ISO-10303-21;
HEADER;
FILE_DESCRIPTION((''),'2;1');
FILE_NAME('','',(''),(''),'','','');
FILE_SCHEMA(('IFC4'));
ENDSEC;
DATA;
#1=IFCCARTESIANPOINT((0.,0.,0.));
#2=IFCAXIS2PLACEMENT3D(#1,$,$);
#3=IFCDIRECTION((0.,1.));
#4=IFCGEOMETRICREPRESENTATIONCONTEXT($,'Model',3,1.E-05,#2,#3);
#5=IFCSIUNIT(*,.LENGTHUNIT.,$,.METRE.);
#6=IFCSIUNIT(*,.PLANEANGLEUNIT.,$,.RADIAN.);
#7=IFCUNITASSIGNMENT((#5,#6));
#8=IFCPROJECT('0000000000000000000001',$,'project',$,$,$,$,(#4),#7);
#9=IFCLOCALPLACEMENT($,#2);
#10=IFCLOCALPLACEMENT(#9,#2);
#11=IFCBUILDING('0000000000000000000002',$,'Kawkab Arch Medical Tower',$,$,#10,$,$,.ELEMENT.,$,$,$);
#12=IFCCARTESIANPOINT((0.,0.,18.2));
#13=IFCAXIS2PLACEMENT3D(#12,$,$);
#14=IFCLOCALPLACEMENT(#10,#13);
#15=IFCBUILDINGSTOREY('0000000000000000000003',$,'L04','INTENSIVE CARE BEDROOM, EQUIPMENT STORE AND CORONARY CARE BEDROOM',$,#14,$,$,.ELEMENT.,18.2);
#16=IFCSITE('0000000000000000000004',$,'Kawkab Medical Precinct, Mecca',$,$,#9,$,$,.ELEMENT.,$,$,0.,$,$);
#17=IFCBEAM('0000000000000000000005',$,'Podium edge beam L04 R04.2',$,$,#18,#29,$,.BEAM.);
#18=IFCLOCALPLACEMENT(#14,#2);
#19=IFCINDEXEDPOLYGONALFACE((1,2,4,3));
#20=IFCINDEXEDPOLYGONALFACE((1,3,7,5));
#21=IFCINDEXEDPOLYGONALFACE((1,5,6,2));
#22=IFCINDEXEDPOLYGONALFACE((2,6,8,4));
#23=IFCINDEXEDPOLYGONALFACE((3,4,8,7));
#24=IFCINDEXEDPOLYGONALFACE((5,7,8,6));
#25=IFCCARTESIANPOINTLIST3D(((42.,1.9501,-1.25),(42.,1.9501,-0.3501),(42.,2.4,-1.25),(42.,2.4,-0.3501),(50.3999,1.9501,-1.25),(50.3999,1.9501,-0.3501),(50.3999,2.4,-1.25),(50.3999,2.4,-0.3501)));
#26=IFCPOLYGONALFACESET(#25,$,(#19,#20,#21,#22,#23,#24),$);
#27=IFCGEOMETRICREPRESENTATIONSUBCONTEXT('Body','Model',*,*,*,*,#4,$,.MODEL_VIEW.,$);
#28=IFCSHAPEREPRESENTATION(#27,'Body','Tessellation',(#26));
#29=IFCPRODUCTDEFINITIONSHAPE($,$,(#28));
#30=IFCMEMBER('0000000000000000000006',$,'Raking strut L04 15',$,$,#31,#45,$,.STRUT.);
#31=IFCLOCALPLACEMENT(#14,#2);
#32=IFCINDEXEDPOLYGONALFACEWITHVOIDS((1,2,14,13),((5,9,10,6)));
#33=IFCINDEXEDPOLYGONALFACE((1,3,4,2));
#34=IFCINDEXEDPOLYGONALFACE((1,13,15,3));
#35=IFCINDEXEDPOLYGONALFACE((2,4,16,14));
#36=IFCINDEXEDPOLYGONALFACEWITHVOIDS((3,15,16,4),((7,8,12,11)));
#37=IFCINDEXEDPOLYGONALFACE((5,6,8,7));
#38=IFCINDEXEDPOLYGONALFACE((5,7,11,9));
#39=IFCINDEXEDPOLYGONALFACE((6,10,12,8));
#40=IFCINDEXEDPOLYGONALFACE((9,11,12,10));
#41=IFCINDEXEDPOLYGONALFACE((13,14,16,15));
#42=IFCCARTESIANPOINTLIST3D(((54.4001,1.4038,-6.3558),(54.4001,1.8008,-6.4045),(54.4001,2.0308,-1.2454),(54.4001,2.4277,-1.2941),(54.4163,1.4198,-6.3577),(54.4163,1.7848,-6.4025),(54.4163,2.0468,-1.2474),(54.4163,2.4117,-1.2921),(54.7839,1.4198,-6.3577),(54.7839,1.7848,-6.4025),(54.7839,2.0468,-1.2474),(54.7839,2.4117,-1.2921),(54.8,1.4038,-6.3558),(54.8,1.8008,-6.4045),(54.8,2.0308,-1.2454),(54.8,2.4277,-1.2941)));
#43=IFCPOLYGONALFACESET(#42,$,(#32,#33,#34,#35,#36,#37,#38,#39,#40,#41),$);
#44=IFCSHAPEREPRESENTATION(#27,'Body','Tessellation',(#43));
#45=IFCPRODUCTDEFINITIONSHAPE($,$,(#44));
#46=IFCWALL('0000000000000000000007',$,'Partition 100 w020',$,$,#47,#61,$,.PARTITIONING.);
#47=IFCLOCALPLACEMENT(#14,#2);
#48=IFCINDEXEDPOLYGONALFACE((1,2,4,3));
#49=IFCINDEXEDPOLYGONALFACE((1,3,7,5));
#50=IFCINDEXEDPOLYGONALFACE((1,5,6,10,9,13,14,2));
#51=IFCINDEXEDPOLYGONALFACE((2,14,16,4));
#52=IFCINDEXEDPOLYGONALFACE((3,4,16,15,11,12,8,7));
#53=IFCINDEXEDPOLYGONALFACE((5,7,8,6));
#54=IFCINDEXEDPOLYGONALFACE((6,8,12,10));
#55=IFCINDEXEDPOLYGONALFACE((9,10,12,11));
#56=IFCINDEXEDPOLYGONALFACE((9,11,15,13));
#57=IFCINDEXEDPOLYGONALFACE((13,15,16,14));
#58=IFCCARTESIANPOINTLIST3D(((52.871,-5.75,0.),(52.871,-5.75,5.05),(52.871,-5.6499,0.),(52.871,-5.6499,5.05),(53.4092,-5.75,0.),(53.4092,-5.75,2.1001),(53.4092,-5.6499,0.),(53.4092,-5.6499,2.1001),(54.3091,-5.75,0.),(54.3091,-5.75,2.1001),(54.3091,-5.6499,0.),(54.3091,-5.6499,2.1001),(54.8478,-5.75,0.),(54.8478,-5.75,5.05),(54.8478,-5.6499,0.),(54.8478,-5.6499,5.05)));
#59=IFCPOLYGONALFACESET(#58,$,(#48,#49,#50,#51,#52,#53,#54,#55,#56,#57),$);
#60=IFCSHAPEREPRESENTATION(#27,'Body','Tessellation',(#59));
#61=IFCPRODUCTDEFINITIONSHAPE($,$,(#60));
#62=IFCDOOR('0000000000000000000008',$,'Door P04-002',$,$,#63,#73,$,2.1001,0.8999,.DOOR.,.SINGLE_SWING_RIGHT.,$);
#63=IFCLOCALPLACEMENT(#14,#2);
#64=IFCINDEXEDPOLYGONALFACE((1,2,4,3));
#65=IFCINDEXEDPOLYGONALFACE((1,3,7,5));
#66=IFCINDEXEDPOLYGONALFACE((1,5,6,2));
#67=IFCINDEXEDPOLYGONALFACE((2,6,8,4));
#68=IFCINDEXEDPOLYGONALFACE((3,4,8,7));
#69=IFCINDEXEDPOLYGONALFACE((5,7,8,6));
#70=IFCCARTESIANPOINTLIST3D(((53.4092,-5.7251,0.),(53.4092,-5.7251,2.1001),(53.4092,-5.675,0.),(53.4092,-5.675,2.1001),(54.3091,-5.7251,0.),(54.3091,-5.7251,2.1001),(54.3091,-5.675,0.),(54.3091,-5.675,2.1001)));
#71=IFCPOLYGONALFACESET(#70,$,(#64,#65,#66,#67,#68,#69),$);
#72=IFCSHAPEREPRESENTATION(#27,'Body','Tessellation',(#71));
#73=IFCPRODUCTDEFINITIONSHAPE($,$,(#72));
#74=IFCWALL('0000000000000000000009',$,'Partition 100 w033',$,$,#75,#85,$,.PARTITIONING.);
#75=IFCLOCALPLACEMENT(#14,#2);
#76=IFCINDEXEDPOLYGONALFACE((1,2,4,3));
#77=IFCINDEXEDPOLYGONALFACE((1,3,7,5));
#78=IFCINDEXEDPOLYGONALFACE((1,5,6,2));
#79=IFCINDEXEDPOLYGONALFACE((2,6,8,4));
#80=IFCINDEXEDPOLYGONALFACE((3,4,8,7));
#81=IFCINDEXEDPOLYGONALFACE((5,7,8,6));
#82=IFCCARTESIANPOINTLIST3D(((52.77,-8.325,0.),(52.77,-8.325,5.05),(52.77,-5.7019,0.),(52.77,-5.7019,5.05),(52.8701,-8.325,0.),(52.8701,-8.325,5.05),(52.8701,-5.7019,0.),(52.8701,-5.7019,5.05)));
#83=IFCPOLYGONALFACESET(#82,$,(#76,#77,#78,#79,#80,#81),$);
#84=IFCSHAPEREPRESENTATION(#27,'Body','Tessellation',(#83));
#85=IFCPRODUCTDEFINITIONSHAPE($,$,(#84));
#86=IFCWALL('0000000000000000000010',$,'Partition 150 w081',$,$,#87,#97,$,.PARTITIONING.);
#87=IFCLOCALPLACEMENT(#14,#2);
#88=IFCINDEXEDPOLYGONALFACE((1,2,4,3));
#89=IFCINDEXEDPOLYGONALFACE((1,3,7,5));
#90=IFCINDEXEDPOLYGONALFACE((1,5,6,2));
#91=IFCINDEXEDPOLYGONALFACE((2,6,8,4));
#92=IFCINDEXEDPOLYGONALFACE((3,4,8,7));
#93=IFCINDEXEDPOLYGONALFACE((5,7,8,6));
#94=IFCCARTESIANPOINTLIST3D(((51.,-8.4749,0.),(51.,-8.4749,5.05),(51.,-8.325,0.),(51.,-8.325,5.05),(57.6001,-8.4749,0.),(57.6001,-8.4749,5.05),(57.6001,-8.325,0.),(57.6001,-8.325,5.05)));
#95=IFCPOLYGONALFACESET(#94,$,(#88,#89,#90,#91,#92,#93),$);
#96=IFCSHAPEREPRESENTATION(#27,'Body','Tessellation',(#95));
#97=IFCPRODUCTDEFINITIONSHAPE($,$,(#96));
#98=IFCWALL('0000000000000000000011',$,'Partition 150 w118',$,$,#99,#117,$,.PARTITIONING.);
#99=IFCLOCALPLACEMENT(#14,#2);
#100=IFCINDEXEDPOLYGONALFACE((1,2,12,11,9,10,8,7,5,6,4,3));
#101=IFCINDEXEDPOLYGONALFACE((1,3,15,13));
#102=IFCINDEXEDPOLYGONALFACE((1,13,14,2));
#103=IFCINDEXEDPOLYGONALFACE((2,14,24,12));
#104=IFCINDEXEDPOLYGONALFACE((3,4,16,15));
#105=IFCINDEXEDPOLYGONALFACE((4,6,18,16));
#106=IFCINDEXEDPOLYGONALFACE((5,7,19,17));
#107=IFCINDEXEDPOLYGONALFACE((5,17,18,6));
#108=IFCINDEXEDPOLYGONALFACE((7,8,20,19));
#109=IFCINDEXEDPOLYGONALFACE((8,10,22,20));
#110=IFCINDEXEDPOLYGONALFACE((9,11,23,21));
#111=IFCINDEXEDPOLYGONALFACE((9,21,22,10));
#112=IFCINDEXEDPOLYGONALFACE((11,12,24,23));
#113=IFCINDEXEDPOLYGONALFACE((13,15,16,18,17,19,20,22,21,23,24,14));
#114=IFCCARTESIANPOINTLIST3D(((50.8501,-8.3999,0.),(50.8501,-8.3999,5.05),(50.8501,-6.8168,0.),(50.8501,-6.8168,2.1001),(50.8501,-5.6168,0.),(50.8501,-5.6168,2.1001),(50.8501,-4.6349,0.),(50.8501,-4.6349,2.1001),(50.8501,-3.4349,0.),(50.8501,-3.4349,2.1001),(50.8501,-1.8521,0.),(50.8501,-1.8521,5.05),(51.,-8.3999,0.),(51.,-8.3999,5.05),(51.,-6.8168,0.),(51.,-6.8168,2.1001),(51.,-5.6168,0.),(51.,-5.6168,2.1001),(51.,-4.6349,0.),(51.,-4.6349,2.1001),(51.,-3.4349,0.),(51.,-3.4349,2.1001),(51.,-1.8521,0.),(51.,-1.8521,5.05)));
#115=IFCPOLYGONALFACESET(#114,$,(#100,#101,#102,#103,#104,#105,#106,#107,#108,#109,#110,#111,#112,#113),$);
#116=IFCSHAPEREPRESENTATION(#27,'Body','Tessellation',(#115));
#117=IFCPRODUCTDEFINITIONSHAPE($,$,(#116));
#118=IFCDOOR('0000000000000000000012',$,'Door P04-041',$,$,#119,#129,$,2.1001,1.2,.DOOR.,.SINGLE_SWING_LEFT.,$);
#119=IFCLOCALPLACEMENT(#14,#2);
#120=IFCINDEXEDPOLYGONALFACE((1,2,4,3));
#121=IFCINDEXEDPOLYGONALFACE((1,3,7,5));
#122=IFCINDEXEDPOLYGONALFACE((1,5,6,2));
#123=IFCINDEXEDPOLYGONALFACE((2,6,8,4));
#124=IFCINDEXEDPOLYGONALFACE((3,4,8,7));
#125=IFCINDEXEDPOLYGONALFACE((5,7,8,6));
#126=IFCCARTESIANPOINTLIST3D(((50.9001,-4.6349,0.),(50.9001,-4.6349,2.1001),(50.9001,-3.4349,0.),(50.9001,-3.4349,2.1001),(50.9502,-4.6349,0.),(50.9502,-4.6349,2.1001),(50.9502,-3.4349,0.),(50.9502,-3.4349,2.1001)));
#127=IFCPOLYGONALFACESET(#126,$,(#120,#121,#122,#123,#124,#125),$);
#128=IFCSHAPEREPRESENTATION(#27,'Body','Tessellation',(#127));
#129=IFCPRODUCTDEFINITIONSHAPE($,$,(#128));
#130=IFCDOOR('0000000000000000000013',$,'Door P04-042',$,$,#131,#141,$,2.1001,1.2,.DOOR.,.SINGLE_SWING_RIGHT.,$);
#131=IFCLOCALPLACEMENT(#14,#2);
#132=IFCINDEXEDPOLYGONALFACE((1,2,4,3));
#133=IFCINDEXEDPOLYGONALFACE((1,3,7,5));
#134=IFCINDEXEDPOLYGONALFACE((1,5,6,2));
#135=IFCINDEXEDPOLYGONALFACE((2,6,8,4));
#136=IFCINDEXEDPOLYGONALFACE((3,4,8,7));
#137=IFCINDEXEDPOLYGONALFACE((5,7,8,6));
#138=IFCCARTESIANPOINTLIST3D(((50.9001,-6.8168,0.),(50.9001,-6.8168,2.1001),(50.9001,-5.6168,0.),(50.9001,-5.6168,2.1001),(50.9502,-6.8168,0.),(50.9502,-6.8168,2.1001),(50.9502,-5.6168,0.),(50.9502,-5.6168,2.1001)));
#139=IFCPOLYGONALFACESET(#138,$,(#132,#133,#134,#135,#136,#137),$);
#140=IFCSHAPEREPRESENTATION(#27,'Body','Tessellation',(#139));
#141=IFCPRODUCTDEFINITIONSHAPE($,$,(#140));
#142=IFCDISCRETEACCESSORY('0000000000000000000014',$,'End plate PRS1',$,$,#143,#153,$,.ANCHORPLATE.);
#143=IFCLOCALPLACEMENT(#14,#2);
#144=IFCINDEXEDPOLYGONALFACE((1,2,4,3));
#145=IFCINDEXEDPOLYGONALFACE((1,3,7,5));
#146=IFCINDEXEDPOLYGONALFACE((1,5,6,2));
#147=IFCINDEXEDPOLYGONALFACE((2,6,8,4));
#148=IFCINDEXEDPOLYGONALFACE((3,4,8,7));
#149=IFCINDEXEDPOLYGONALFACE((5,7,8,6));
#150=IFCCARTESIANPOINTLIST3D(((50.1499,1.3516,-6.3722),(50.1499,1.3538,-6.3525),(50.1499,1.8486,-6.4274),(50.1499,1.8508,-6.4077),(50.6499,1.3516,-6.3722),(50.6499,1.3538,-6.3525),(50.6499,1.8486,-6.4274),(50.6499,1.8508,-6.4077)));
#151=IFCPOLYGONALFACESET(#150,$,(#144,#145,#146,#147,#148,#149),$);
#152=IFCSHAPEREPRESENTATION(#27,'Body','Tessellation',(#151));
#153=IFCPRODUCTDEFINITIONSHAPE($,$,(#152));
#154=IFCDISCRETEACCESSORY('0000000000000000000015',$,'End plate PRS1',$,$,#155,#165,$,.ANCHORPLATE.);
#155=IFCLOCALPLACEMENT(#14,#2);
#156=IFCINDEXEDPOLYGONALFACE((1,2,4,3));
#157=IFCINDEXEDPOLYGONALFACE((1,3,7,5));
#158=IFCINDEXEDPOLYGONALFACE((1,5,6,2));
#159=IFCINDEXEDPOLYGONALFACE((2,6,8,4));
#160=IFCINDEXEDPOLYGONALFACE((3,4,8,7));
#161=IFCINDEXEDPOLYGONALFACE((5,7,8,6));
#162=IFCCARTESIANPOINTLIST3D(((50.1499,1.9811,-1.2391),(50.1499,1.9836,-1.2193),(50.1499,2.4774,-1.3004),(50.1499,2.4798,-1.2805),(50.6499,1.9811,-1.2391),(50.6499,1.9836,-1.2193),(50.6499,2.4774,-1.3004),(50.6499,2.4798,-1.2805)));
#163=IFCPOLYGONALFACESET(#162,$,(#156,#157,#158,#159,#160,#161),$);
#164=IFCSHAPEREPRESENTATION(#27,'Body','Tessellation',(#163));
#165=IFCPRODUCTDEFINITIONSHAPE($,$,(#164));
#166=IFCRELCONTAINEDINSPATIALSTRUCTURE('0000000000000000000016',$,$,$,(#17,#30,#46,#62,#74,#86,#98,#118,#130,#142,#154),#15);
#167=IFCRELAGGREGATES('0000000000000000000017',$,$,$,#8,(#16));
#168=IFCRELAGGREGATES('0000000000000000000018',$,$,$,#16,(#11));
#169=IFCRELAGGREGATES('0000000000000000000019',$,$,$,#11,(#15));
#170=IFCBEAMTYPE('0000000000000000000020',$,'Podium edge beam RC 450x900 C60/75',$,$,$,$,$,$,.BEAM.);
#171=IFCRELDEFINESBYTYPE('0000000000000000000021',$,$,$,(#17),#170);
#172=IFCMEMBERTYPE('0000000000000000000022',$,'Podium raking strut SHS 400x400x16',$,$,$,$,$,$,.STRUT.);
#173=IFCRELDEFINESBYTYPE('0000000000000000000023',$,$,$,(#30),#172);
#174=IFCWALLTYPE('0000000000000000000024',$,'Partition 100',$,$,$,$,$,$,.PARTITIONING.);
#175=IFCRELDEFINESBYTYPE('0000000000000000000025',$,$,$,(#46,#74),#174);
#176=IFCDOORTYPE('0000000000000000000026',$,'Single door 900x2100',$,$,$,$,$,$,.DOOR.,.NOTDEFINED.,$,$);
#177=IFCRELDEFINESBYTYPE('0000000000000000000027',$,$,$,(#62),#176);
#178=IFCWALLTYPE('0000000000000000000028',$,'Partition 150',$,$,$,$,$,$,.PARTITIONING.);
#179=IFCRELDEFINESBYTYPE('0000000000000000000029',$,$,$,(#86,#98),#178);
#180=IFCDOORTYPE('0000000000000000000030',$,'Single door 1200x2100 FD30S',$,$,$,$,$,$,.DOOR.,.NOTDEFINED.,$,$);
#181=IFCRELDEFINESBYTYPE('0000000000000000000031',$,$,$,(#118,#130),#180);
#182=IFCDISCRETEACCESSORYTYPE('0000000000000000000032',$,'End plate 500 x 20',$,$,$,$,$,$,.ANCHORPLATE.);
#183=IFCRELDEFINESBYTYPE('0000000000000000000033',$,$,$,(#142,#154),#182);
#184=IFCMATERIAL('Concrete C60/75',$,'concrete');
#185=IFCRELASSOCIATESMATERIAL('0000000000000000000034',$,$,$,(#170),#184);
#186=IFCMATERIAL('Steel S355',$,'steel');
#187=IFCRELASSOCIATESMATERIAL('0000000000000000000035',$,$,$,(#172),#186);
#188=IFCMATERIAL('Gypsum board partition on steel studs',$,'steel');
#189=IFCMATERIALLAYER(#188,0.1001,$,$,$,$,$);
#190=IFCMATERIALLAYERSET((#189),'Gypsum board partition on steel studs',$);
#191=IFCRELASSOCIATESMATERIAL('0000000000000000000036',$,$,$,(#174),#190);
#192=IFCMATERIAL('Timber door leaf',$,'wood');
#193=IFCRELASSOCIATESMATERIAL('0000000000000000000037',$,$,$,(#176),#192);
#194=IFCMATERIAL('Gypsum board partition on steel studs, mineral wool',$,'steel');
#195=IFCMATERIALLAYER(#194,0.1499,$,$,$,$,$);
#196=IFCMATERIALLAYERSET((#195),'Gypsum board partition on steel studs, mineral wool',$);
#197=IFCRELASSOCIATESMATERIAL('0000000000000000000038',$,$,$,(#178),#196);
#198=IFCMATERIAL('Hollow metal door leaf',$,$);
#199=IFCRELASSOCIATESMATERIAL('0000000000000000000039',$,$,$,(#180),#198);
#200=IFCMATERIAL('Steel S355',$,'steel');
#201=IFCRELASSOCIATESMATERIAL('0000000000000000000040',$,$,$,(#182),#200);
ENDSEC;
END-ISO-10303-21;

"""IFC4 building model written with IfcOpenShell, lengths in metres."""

from ifc_helpers import new_model, si_unit, direction, frame, frame_2d, origin, origin_2d, place, context, subcontext, project, spatial, rectangle, hollow_rectangle, extrude, material, layer, layer_set, material_profile, profile_set, type_object, element, fill, save


model = new_model("IFC4")

# Units and contexts
model_context = context("Model", 3, precision=1e-05, world=origin(), true_north=direction((0.0, 1.0)))
body_context = subcontext(model_context, "Body", "Model", "MODEL_VIEW")
ifc_project = project(units=[si_unit("LENGTHUNIT", "METRE"), si_unit("PLANEANGLEUNIT", "RADIAN")], contexts=[model_context])

# Site, building, storey
site_placement = place(None, origin())
site = spatial("IfcSite", under=ifc_project, at=site_placement, Name="Kawkab Medical Precinct, Mecca", CompositionType="ELEMENT", RefElevation=0.0)
building_placement = place(site_placement, origin())
building = spatial("IfcBuilding", under=site, at=building_placement, Name="Kawkab Arch Medical Tower", CompositionType="ELEMENT")
storey_placement = place(building_placement, frame((0.0, 0.0, 18.2)))
storey = spatial("IfcBuildingStorey", under=building, at=storey_placement, Name="L04", Description="INTENSIVE CARE BEDROOM, EQUIPMENT STORE AND CORONARY CARE BEDROOM", CompositionType="ELEMENT", Elevation=18.2)

# Beam
ifc_material_1 = material(Name="Concrete C60/75", Category="concrete")
ifc_material_profile_1 = material_profile(ifc_material_1, rectangle(XDim=0.45, YDim=0.8999, at=origin_2d()), Name="RC 450x900")
ifc_profile_set_1 = profile_set([ifc_material_profile_1], Name="Concrete C60/75")
beam_type = type_object("IfcBeamType", Name="Podium edge beam RC 450x900 C60/75", PredefinedType="BEAM", material=ifc_profile_set_1)
beam_placement = place(storey_placement, frame((50.3999, 2.175, -0.8), z_axis=(-1.0, 0.0, 0.0), x_axis=(0.0, -1.0, 0.0)))
element("IfcBeam", 1, at=beam_placement, inside=storey, type_object=beam_type, Name="Podium edge beam L04 R04.2", PredefinedType="BEAM", context=body_context, shape_type="SweptSolid", body=[
    extrude(rectangle(XDim=0.45, YDim=0.8999, at=origin_2d()), origin(), (0.0, 0.0, 1.0), 8.3999),
])

# Member
ifc_material_2 = material(Name="Steel S355", Category="steel")
ifc_material_profile_2 = material_profile(ifc_material_2, hollow_rectangle(XDim=0.3999, YDim=0.3999, WallThickness=0.0161, at=origin_2d()), Name="SHS 400x400x16")
ifc_profile_set_2 = profile_set([ifc_material_profile_2], Name="Steel S355")
member_type = type_object("IfcMemberType", Name="Podium raking strut SHS 400x400x16", PredefinedType="STRUT", material=ifc_profile_set_2)
member_placement = place(storey_placement, frame((54.6001, 1.6023, -6.3801), z_axis=(0.0, 0.12177, 0.992558), x_axis=(-1.0, 0.0, 0.0)))
element("IfcMember", 2, at=member_placement, inside=storey, type_object=member_type, Name="Raking strut L04 15", PredefinedType="STRUT", context=body_context, shape_type="SweptSolid", body=[
    extrude(hollow_rectangle(XDim=0.3999, YDim=0.3999, WallThickness=0.0161, at=origin_2d()), origin(), (0.0, 0.0, 1.0), 5.1487),
])

# Wall, opening, door
ifc_material_3 = material(Name="Gypsum board partition on steel studs", Category="steel")
ifc_layer_1 = layer(ifc_material_3, 0.1001)
ifc_layer_set_1 = layer_set([ifc_layer_1], Name="Gypsum board partition on steel studs")
wall_type_1 = type_object("IfcWallType", Name="Partition 100", PredefinedType="PARTITIONING", material=ifc_layer_set_1)
wall_1_placement = place(storey_placement, frame((52.8711, -5.7, 0.0), z_axis=(0.0, 0.0, 1.0), x_axis=(1.0, 0.0, 0.0)))
wall_1 = element("IfcWall", 3, at=wall_1_placement, inside=storey, type_object=wall_type_1, Name="Partition 100 w020", PredefinedType="PARTITIONING", context=body_context, shape_type="SweptSolid", body=[
    extrude(rectangle(XDim=1.9768, YDim=0.1001, at=frame_2d((0.9883, 0.0))), origin(), (0.0, 0.0, 1.0), 5.05),
])
opening_1_placement = place(wall_1_placement, frame((0.5381, 0.0, 0.0)))
opening_1 = element("IfcOpeningElement", 4, at=opening_1_placement, cuts=wall_1, PredefinedType="OPENING", context=body_context, shape_type="SweptSolid", body=[
    extrude(rectangle(XDim=0.8999, YDim=2.1001, at=frame_2d((0.45, 1.05))), frame((0.0, 0.0601, 0.0), z_axis=(0.0, -1.0, 0.0), x_axis=(1.0, 0.0, 0.0)), (0.0, 0.0, 1.0), 0.1201),
])
ifc_material_4 = material(Name="Timber door leaf", Category="wood")
door_type_1 = type_object("IfcDoorType", Name="Single door 900x2100", OperationType="NOTDEFINED", PredefinedType="DOOR", material=ifc_material_4)
door_1_placement = place(opening_1_placement, origin())
door_1 = element("IfcDoor", 5, at=door_1_placement, inside=storey, type_object=door_type_1, Name="Door P04-002", OperationType="SINGLE_SWING_RIGHT", OverallHeight=2.1001, OverallWidth=0.8999, PredefinedType="DOOR", context=body_context, shape_type="SweptSolid", body=[
    extrude(rectangle(XDim=0.8999, YDim=2.1001, at=frame_2d((0.45, 1.05))), frame((0.0, 0.0249, 0.0), z_axis=(0.0, -1.0, 0.0), x_axis=(1.0, 0.0, 0.0)), (0.0, 0.0, 1.0), 0.05),
])
fill(opening_1, door_1)

# Walls
wall_2_placement = place(storey_placement, frame((52.8201, -8.325, 0.0), z_axis=(0.0, 0.0, 1.0), x_axis=(0.0, 1.0, 0.0)))
element("IfcWall", 6, at=wall_2_placement, inside=storey, type_object=wall_type_1, Name="Partition 100 w033", PredefinedType="PARTITIONING", context=body_context, shape_type="SweptSolid", body=[
    extrude(rectangle(XDim=2.623, YDim=0.1001, at=frame_2d((1.3115, 0.0))), origin(), (0.0, 0.0, 1.0), 5.05),
])
ifc_material_5 = material(Name="Gypsum board partition on steel studs, mineral wool", Category="steel")
ifc_layer_2 = layer(ifc_material_5, 0.1499)
ifc_layer_set_2 = layer_set([ifc_layer_2], Name="Gypsum board partition on steel studs, mineral wool")
wall_type_2 = type_object("IfcWallType", Name="Partition 150", PredefinedType="PARTITIONING", material=ifc_layer_set_2)
wall_3_placement = place(storey_placement, frame((51.0, -8.3999, 0.0), z_axis=(0.0, 0.0, 1.0), x_axis=(1.0, 0.0, 0.0)))
element("IfcWall", 7, at=wall_3_placement, inside=storey, type_object=wall_type_2, Name="Partition 150 w081", PredefinedType="PARTITIONING", context=body_context, shape_type="SweptSolid", body=[
    extrude(rectangle(XDim=6.6001, YDim=0.1499, at=frame_2d((3.3, 0.0))), origin(), (0.0, 0.0, 1.0), 5.05),
])

# Wall, openings, doors
wall_4_placement = place(storey_placement, frame((50.925, -8.3999, 0.0), z_axis=(0.0, 0.0, 1.0), x_axis=(0.0, 1.0, 0.0)))
wall_4 = element("IfcWall", 8, at=wall_4_placement, inside=storey, type_object=wall_type_2, Name="Partition 150 w118", PredefinedType="PARTITIONING", context=body_context, shape_type="SweptSolid", body=[
    extrude(rectangle(XDim=6.5479, YDim=0.1499, at=frame_2d((3.2739, 0.0))), origin(), (0.0, 0.0, 1.0), 5.05),
])
opening_2_placement = place(wall_4_placement, frame((3.7649, 0.0, 0.0)))
opening_2 = element("IfcOpeningElement", 9, at=opening_2_placement, cuts=wall_4, PredefinedType="OPENING", context=body_context, shape_type="SweptSolid", body=[
    extrude(rectangle(XDim=1.2, YDim=2.1001, at=frame_2d((0.6001, 1.05))), frame((0.0, 0.085, 0.0), z_axis=(0.0, -1.0, 0.0), x_axis=(1.0, 0.0, 0.0)), (0.0, 0.0, 1.0), 0.1699),
])
opening_3_placement = place(wall_4_placement, frame((1.583, 0.0, 0.0)))
opening_3 = element("IfcOpeningElement", 10, at=opening_3_placement, cuts=wall_4, PredefinedType="OPENING", context=body_context, shape_type="SweptSolid", body=[
    extrude(rectangle(XDim=1.2, YDim=2.1001, at=frame_2d((0.6001, 1.05))), frame((0.0, 0.085, 0.0), z_axis=(0.0, -1.0, 0.0), x_axis=(1.0, 0.0, 0.0)), (0.0, 0.0, 1.0), 0.1699),
])
ifc_material_6 = material(Name="Hollow metal door leaf")
door_type_2 = type_object("IfcDoorType", Name="Single door 1200x2100 FD30S", OperationType="NOTDEFINED", PredefinedType="DOOR", material=ifc_material_6)
door_2_placement = place(opening_2_placement, origin())
door_2 = element("IfcDoor", 11, at=door_2_placement, inside=storey, type_object=door_type_2, Name="Door P04-041", OperationType="SINGLE_SWING_LEFT", OverallHeight=2.1001, OverallWidth=1.2, PredefinedType="DOOR", context=body_context, shape_type="SweptSolid", body=[
    extrude(rectangle(XDim=1.2, YDim=2.1001, at=frame_2d((0.6001, 1.05))), frame((0.0, 0.0249, 0.0), z_axis=(0.0, -1.0, 0.0), x_axis=(1.0, 0.0, 0.0)), (0.0, 0.0, 1.0), 0.05),
])
fill(opening_2, door_2)
door_3_placement = place(opening_3_placement, origin())
door_3 = element("IfcDoor", 12, at=door_3_placement, inside=storey, type_object=door_type_2, Name="Door P04-042", OperationType="SINGLE_SWING_RIGHT", OverallHeight=2.1001, OverallWidth=1.2, PredefinedType="DOOR", context=body_context, shape_type="SweptSolid", body=[
    extrude(rectangle(XDim=1.2, YDim=2.1001, at=frame_2d((0.6001, 1.05))), frame((0.0, 0.0249, 0.0), z_axis=(0.0, -1.0, 0.0), x_axis=(1.0, 0.0, 0.0)), (0.0, 0.0, 1.0), 0.05),
])
fill(opening_3, door_3)

# Discrete accessories
ifc_material_7 = material(Name="Steel S355", Category="steel")
ifc_material_profile_3 = material_profile(ifc_material_7, rectangle(XDim=0.5, YDim=0.5, at=origin_2d()), Name="End plate 500 x 20")
ifc_profile_set_3 = profile_set([ifc_material_profile_3], Name="Steel S355")
discrete_accessory_type = type_object("IfcDiscreteAccessoryType", Name="End plate 500 x 20", PredefinedType="ANCHORPLATE", material=ifc_profile_set_3)
discrete_accessory_1_placement = place(storey_placement, frame((50.3999, 1.6023, -6.3801), z_axis=(0.0, -0.110432, -0.993884), x_axis=(1.0, 0.0, 0.0)))
element("IfcDiscreteAccessory", 13, at=discrete_accessory_1_placement, inside=storey, type_object=discrete_accessory_type, Name="End plate PRS1", PredefinedType="ANCHORPLATE", context=body_context, shape_type="SweptSolid", body=[
    extrude(rectangle(XDim=0.5, YDim=0.5, at=origin_2d()), origin(), (0.0, 0.0, 1.0), 0.0198),
])
discrete_accessory_2_placement = place(storey_placement, frame((50.3999, 2.2292, -1.2698), z_axis=(0.0, 0.122527, 0.992465), x_axis=(-1.0, 0.0, 0.0)))
element("IfcDiscreteAccessory", 14, at=discrete_accessory_2_placement, inside=storey, type_object=discrete_accessory_type, Name="End plate PRS1", PredefinedType="ANCHORPLATE", context=body_context, shape_type="SweptSolid", body=[
    extrude(rectangle(XDim=0.5, YDim=0.5, at=origin_2d()), origin(), (0.0, 0.0, 1.0), 0.02),
])

save(model, "model.ifc")
